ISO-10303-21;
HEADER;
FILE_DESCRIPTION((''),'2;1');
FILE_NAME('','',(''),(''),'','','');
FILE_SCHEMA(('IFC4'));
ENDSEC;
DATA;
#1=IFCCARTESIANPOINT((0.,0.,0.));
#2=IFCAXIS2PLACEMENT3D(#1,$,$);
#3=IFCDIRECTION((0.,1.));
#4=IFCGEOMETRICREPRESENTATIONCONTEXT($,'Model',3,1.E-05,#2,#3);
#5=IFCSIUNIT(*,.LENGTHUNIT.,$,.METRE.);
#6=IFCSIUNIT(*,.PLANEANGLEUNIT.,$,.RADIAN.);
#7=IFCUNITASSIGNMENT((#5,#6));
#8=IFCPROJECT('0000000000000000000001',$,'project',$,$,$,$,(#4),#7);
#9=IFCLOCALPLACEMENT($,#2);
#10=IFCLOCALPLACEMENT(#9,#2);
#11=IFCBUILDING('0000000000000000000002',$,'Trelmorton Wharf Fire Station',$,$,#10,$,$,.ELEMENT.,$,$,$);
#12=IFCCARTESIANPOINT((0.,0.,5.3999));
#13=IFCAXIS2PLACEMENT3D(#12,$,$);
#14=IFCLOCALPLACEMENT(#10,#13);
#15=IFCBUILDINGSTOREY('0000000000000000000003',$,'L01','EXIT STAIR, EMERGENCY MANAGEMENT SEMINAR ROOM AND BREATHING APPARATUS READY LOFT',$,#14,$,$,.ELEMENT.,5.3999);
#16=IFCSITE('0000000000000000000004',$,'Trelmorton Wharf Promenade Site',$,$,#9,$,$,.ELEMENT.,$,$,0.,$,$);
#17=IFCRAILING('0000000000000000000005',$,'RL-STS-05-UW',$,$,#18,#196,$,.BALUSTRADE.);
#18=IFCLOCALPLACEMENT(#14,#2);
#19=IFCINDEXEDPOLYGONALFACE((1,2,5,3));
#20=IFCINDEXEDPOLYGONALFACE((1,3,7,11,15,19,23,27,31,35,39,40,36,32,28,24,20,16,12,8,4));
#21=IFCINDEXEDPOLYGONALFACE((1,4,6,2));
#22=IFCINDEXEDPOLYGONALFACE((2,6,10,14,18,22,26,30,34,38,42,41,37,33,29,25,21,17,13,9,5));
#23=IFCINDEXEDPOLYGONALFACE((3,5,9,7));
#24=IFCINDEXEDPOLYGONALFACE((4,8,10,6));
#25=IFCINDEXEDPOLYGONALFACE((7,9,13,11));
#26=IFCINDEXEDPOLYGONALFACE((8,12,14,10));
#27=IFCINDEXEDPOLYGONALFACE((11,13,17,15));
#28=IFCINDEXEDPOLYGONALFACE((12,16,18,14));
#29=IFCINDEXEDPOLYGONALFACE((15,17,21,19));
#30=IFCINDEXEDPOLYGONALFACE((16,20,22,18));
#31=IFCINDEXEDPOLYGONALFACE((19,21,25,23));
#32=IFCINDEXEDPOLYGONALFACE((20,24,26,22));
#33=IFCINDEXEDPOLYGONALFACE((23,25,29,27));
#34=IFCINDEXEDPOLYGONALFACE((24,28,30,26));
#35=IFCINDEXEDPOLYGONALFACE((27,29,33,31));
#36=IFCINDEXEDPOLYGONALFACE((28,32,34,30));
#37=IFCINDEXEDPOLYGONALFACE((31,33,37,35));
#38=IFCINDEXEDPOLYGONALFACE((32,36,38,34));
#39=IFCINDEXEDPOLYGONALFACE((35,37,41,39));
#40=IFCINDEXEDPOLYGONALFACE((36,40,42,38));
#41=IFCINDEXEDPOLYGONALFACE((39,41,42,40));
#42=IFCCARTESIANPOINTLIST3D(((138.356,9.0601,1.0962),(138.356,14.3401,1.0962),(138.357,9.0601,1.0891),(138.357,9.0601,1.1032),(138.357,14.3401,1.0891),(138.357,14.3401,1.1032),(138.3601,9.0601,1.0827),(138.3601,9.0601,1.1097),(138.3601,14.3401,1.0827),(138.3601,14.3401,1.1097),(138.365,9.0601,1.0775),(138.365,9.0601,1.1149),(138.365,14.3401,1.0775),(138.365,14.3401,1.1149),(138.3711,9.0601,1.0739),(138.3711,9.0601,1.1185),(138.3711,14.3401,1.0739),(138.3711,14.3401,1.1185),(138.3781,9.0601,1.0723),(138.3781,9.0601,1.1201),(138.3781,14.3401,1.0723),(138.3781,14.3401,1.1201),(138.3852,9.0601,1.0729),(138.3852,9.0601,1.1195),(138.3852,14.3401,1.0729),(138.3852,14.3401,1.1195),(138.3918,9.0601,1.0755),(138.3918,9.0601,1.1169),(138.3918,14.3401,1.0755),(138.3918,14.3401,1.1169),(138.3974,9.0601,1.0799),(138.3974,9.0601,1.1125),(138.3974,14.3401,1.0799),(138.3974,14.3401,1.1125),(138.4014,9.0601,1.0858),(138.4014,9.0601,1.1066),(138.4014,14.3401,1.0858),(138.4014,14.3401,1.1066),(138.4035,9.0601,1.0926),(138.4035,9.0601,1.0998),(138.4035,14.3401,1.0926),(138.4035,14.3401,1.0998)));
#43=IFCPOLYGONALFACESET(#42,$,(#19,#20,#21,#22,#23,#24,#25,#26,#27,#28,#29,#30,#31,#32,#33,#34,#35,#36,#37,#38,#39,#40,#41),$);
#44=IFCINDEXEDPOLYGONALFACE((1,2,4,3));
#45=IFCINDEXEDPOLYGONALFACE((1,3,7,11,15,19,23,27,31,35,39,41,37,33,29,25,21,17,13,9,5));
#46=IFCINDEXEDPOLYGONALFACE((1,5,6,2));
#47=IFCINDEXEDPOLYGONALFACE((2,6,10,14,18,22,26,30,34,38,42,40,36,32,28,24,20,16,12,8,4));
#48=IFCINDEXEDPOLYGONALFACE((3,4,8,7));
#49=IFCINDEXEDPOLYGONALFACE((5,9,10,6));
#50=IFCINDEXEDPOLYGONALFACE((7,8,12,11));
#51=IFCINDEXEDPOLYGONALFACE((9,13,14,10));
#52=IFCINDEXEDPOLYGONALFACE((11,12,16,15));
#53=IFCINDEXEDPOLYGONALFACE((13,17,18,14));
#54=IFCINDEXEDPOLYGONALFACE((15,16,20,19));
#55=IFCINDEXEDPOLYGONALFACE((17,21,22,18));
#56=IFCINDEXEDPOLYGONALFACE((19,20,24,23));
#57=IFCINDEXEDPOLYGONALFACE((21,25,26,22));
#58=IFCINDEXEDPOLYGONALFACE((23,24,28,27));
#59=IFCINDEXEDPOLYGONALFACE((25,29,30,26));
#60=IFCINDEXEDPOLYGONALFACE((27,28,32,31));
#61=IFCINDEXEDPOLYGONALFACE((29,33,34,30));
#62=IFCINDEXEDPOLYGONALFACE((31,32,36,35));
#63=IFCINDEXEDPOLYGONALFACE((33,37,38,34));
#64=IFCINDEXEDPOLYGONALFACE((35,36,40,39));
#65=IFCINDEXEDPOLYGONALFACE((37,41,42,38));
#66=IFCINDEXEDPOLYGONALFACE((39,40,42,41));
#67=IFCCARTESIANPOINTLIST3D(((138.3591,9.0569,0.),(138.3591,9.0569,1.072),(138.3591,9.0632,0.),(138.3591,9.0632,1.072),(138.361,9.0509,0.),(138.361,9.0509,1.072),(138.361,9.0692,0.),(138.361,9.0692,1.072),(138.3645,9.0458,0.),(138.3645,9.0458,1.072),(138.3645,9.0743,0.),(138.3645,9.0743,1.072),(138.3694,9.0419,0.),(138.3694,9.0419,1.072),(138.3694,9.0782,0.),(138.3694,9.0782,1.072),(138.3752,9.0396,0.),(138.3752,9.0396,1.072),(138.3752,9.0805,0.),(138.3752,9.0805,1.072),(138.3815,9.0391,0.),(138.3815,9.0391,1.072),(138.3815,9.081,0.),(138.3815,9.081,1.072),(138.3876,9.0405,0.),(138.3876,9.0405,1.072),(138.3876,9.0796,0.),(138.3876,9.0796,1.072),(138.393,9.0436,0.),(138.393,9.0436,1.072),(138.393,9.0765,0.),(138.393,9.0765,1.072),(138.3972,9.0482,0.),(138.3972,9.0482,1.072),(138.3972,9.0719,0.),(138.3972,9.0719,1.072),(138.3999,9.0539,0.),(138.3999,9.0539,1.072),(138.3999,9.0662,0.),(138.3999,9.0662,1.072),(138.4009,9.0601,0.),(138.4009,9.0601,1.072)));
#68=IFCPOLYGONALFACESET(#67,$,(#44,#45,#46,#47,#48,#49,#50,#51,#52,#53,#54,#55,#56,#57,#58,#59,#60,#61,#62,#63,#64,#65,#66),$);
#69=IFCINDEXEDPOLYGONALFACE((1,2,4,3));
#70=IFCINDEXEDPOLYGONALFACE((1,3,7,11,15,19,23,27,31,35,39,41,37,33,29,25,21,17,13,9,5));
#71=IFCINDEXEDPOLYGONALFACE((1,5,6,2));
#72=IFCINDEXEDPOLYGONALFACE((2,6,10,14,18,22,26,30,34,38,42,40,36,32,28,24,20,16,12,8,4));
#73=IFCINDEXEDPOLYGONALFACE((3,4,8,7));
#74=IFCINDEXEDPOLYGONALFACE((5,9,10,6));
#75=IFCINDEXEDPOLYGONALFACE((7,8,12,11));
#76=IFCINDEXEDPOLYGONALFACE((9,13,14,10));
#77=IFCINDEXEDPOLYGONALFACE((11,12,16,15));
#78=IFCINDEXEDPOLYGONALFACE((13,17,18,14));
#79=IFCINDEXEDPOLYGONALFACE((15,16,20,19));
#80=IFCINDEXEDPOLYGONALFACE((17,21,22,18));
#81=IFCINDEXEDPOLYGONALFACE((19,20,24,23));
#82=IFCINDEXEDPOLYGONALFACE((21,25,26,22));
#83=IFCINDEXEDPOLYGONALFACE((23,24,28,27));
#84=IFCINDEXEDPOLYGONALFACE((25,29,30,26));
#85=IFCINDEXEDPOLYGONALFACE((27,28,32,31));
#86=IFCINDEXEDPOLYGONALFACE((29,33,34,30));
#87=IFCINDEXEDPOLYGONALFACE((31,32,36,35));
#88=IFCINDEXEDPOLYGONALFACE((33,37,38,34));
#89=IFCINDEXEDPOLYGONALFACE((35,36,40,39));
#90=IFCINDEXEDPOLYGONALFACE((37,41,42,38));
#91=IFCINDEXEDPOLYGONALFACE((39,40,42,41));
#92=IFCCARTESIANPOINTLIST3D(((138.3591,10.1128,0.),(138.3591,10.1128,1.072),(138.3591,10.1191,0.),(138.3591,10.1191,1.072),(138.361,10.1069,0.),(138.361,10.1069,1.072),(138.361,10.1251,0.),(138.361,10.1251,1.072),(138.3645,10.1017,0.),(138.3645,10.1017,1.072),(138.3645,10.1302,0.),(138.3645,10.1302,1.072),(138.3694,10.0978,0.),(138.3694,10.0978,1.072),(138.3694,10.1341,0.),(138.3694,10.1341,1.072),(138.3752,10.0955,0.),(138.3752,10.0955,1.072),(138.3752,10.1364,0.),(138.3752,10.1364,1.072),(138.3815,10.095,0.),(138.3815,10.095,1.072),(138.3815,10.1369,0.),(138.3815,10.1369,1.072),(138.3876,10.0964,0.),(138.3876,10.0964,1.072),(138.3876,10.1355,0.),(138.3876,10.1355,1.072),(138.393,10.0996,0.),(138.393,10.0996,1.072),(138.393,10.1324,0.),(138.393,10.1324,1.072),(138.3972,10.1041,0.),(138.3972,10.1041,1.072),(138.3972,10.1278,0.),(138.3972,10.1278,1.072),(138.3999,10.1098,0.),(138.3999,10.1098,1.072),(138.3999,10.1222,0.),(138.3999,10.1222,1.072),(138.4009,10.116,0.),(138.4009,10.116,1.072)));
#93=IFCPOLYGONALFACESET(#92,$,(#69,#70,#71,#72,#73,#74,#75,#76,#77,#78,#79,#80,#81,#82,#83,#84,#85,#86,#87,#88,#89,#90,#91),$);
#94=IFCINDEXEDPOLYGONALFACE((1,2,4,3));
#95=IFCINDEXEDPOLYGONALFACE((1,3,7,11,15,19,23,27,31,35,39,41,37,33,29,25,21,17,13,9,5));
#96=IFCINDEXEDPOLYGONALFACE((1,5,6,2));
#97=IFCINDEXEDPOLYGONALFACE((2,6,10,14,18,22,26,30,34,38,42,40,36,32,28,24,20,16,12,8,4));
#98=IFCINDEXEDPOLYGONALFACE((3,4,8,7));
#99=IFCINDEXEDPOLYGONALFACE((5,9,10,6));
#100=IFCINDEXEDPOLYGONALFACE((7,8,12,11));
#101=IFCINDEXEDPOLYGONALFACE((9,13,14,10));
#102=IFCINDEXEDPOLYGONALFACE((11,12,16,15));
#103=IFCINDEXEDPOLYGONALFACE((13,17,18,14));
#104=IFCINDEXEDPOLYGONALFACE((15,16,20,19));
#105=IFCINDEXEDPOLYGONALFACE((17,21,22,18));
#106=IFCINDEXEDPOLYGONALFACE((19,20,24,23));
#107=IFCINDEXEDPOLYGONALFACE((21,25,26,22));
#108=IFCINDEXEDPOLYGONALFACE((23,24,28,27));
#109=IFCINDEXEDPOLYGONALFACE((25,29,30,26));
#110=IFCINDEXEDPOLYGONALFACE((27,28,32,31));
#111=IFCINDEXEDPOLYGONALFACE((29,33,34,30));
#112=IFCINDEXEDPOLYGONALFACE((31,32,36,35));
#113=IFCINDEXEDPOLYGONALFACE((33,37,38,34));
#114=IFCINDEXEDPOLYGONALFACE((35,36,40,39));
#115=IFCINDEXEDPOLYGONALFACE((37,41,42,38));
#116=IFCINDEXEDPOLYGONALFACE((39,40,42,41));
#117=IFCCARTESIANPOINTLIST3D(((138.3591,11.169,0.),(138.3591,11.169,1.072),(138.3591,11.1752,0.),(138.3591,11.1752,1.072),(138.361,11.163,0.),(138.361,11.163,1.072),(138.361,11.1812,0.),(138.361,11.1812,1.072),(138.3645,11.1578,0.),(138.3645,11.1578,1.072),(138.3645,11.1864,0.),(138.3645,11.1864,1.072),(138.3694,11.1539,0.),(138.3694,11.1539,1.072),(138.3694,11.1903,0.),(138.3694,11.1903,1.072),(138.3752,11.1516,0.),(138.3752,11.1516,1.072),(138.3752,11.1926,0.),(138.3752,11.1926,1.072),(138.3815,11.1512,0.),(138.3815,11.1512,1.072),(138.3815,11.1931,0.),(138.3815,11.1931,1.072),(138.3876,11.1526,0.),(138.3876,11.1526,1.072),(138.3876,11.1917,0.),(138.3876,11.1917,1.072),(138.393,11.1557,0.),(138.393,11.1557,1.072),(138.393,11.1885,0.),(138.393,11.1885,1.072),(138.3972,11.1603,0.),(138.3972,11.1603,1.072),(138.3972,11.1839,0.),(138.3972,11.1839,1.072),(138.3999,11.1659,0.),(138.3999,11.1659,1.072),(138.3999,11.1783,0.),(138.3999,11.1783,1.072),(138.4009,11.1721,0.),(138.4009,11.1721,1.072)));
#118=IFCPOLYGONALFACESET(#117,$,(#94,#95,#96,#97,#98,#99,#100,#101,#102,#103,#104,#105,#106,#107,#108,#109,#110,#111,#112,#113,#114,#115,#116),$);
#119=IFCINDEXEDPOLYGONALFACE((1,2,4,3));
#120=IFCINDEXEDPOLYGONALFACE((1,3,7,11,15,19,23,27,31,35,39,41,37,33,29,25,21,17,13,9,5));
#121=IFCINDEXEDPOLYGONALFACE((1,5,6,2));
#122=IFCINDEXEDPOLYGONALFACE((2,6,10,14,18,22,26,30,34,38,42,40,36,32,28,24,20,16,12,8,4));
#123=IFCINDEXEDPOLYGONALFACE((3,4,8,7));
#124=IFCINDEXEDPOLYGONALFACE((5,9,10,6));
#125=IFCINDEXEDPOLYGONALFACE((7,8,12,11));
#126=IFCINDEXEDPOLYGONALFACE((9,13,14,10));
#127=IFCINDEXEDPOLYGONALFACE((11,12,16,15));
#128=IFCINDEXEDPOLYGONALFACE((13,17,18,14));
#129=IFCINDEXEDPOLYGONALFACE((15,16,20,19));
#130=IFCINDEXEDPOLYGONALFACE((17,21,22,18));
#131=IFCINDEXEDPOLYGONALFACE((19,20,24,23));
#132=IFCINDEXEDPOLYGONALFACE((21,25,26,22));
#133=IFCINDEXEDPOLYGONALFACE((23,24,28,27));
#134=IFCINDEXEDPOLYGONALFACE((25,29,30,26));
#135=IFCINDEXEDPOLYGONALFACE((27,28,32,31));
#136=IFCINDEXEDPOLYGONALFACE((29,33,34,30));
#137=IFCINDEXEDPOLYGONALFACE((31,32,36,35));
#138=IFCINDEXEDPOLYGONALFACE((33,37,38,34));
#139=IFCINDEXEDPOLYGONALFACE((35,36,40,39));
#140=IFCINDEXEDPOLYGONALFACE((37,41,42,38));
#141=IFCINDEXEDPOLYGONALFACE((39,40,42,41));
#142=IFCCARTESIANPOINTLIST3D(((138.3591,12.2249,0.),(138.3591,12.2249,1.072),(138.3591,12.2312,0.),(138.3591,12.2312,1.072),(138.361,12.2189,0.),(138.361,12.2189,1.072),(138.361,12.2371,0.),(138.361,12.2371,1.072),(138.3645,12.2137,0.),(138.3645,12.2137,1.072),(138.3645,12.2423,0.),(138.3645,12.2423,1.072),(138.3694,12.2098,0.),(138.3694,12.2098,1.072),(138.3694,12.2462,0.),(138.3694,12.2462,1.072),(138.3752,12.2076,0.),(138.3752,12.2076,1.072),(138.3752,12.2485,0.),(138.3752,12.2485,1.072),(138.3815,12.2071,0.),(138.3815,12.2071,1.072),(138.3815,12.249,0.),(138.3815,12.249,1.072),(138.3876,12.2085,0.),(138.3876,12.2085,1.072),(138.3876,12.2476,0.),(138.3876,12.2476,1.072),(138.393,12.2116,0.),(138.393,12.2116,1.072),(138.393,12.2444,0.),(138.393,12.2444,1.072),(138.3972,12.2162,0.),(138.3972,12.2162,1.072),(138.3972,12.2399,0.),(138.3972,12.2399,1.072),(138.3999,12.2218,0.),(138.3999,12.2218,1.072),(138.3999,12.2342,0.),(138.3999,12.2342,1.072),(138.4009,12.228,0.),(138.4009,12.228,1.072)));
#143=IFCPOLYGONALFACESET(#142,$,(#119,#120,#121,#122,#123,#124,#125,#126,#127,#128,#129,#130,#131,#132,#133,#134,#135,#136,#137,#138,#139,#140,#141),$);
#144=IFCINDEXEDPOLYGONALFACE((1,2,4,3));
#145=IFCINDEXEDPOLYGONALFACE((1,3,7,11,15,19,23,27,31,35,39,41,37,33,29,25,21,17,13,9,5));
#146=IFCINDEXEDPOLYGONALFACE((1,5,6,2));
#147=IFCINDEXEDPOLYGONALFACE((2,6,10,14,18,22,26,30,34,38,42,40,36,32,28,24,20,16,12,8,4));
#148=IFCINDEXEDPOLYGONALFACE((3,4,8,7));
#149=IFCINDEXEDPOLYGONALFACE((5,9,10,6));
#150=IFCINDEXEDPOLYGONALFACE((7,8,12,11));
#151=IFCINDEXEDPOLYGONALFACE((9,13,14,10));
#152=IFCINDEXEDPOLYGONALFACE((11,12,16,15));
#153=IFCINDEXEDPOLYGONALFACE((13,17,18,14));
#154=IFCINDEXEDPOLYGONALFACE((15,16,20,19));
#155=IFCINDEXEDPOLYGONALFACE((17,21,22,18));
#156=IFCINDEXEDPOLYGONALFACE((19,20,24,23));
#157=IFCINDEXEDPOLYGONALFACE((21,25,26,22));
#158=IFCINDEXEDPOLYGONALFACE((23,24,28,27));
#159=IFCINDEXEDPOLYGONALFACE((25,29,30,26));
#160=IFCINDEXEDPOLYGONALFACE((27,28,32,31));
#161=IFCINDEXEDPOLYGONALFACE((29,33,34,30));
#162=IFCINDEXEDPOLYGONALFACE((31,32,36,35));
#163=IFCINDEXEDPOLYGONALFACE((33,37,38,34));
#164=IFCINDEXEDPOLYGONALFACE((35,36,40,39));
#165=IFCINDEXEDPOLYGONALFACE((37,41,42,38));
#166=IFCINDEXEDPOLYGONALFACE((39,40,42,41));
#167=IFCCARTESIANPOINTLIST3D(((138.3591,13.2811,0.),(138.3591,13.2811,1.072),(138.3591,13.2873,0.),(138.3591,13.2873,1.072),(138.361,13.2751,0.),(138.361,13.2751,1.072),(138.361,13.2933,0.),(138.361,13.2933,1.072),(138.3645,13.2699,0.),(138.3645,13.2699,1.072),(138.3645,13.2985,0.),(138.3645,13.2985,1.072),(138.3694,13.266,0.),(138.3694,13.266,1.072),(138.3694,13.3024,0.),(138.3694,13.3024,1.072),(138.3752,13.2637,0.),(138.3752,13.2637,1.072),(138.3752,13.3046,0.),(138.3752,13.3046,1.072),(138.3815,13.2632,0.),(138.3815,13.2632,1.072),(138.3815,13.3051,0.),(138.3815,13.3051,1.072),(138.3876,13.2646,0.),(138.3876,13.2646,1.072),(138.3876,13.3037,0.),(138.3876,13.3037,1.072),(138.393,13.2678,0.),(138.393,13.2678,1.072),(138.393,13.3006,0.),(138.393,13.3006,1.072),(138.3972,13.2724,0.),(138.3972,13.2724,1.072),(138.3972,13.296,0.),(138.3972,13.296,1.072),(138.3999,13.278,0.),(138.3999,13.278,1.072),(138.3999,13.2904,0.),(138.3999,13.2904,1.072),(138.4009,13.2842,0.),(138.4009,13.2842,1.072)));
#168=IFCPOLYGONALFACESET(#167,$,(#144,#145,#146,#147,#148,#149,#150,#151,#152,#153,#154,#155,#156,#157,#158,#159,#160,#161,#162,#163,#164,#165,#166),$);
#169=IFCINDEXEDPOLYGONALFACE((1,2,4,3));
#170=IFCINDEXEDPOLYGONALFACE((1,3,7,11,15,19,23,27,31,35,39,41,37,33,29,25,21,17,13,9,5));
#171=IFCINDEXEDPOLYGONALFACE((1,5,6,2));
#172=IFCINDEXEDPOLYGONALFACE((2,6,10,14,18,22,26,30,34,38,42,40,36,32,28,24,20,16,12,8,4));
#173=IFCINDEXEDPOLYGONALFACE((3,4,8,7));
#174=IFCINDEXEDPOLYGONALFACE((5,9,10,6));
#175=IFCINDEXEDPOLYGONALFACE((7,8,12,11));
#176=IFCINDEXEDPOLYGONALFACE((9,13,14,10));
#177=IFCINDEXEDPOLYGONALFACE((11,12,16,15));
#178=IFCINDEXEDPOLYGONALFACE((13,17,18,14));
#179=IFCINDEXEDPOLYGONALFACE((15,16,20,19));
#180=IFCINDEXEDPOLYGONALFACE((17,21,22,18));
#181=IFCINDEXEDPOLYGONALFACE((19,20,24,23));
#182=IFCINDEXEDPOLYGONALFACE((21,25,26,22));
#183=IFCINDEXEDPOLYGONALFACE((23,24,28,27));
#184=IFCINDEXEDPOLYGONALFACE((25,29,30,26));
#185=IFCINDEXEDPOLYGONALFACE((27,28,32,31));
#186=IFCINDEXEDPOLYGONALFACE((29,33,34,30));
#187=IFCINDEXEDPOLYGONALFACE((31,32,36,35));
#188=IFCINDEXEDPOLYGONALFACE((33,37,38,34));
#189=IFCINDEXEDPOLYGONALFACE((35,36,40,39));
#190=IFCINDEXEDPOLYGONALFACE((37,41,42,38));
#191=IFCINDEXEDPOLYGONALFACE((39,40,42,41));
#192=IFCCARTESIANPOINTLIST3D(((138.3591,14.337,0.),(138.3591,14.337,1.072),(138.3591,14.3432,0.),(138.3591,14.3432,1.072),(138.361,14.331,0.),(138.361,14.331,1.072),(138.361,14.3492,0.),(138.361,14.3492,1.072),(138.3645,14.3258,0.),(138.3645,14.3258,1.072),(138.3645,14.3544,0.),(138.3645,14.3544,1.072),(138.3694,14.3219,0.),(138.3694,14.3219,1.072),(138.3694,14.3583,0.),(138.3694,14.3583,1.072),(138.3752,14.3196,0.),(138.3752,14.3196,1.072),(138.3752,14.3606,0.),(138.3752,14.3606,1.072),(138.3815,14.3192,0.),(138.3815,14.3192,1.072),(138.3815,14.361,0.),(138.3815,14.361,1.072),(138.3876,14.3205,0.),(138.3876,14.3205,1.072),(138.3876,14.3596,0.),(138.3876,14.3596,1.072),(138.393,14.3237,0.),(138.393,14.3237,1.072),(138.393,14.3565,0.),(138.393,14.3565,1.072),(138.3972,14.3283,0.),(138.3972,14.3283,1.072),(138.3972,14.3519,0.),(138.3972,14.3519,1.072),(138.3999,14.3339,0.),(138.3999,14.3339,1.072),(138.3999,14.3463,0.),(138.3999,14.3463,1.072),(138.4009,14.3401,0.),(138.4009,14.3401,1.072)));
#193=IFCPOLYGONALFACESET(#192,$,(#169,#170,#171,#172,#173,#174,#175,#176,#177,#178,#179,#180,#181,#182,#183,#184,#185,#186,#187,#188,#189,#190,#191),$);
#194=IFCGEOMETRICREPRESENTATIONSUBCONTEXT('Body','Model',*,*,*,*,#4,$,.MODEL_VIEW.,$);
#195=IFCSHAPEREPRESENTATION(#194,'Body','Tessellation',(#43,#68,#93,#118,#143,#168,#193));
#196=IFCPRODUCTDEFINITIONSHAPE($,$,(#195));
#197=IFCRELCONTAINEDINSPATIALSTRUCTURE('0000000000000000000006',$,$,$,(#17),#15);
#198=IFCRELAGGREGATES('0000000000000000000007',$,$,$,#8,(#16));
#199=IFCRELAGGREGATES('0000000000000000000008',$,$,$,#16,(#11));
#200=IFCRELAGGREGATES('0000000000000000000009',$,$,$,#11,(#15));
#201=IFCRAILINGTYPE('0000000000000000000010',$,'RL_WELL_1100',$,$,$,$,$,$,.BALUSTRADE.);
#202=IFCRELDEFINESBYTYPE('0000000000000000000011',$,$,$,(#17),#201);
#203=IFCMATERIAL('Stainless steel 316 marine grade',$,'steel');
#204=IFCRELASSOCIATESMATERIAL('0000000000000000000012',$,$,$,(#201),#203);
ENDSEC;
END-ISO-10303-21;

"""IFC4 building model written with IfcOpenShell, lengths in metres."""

from ifc_helpers import new_model, si_unit, direction, frame, origin, origin_2d, place, context, subcontext, project, spatial, circle, extrude, material, type_object, element, save


model = new_model("IFC4")

# Units and contexts
model_context = context("Model", 3, precision=1e-05, world=origin(), true_north=direction((0.0, 1.0)))
body_context = subcontext(model_context, "Body", "Model", "MODEL_VIEW")
ifc_project = project(units=[si_unit("LENGTHUNIT", "METRE"), si_unit("PLANEANGLEUNIT", "RADIAN")], contexts=[model_context])

# Site, building, storey
site_placement = place(None, origin())
site = spatial("IfcSite", under=ifc_project, at=site_placement, Name="Trelmorton Wharf Promenade Site", CompositionType="ELEMENT", RefElevation=0.0)
building_placement = place(site_placement, origin())
building = spatial("IfcBuilding", under=site, at=building_placement, Name="Trelmorton Wharf Fire Station", CompositionType="ELEMENT")
storey_placement = place(building_placement, frame((0.0, 0.0, 5.3999)))
storey = spatial("IfcBuildingStorey", under=building, at=storey_placement, Name="L01", Description="EXIT STAIR, EMERGENCY MANAGEMENT SEMINAR ROOM AND BREATHING APPARATUS READY LOFT", CompositionType="ELEMENT", Elevation=5.3999)

# Railing
ifc_material_1 = material(Name="Stainless steel 316 marine grade", Category="steel")
railing_type = type_object("IfcRailingType", Name="RL_WELL_1100", PredefinedType="BALUSTRADE", material=ifc_material_1)
railing_1_placement = place(storey_placement, frame((138.3799, 9.0601, 0.0)))
element("IfcRailing", 1, at=railing_1_placement, inside=storey, type_object=railing_type, Name="RL-STS-05-UW", PredefinedType="BALUSTRADE", context=body_context, shape_type="SweptSolid", body=[
    extrude(circle(Radius=0.0239, at=origin_2d()), frame((0.0, 0.0, 1.0962), z_axis=(0.0, 1.0, 0.0), x_axis=(-1.0, 0.0, 0.0)), (0.0, 0.0, 1.0), 5.28),
    extrude(circle(Radius=0.021, at=origin_2d()), origin(), (0.0, 0.0, 1.0), 1.072),
    extrude(circle(Radius=0.021, at=origin_2d()), frame((0.0, 1.0559, 0.0)), (0.0, 0.0, 1.0), 1.072),
    extrude(circle(Radius=0.021, at=origin_2d()), frame((0.0, 2.1121, 0.0)), (0.0, 0.0, 1.0), 1.072),
    extrude(circle(Radius=0.021, at=origin_2d()), frame((0.0, 3.168, 0.0)), (0.0, 0.0, 1.0), 1.072),
    extrude(circle(Radius=0.021, at=origin_2d()), frame((0.0, 4.2241, 0.0)), (0.0, 0.0, 1.0), 1.072),
    extrude(circle(Radius=0.021, at=origin_2d()), frame((0.0, 5.28, 0.0)), (0.0, 0.0, 1.0), 1.072),
])

save(model, "model.ifc")
